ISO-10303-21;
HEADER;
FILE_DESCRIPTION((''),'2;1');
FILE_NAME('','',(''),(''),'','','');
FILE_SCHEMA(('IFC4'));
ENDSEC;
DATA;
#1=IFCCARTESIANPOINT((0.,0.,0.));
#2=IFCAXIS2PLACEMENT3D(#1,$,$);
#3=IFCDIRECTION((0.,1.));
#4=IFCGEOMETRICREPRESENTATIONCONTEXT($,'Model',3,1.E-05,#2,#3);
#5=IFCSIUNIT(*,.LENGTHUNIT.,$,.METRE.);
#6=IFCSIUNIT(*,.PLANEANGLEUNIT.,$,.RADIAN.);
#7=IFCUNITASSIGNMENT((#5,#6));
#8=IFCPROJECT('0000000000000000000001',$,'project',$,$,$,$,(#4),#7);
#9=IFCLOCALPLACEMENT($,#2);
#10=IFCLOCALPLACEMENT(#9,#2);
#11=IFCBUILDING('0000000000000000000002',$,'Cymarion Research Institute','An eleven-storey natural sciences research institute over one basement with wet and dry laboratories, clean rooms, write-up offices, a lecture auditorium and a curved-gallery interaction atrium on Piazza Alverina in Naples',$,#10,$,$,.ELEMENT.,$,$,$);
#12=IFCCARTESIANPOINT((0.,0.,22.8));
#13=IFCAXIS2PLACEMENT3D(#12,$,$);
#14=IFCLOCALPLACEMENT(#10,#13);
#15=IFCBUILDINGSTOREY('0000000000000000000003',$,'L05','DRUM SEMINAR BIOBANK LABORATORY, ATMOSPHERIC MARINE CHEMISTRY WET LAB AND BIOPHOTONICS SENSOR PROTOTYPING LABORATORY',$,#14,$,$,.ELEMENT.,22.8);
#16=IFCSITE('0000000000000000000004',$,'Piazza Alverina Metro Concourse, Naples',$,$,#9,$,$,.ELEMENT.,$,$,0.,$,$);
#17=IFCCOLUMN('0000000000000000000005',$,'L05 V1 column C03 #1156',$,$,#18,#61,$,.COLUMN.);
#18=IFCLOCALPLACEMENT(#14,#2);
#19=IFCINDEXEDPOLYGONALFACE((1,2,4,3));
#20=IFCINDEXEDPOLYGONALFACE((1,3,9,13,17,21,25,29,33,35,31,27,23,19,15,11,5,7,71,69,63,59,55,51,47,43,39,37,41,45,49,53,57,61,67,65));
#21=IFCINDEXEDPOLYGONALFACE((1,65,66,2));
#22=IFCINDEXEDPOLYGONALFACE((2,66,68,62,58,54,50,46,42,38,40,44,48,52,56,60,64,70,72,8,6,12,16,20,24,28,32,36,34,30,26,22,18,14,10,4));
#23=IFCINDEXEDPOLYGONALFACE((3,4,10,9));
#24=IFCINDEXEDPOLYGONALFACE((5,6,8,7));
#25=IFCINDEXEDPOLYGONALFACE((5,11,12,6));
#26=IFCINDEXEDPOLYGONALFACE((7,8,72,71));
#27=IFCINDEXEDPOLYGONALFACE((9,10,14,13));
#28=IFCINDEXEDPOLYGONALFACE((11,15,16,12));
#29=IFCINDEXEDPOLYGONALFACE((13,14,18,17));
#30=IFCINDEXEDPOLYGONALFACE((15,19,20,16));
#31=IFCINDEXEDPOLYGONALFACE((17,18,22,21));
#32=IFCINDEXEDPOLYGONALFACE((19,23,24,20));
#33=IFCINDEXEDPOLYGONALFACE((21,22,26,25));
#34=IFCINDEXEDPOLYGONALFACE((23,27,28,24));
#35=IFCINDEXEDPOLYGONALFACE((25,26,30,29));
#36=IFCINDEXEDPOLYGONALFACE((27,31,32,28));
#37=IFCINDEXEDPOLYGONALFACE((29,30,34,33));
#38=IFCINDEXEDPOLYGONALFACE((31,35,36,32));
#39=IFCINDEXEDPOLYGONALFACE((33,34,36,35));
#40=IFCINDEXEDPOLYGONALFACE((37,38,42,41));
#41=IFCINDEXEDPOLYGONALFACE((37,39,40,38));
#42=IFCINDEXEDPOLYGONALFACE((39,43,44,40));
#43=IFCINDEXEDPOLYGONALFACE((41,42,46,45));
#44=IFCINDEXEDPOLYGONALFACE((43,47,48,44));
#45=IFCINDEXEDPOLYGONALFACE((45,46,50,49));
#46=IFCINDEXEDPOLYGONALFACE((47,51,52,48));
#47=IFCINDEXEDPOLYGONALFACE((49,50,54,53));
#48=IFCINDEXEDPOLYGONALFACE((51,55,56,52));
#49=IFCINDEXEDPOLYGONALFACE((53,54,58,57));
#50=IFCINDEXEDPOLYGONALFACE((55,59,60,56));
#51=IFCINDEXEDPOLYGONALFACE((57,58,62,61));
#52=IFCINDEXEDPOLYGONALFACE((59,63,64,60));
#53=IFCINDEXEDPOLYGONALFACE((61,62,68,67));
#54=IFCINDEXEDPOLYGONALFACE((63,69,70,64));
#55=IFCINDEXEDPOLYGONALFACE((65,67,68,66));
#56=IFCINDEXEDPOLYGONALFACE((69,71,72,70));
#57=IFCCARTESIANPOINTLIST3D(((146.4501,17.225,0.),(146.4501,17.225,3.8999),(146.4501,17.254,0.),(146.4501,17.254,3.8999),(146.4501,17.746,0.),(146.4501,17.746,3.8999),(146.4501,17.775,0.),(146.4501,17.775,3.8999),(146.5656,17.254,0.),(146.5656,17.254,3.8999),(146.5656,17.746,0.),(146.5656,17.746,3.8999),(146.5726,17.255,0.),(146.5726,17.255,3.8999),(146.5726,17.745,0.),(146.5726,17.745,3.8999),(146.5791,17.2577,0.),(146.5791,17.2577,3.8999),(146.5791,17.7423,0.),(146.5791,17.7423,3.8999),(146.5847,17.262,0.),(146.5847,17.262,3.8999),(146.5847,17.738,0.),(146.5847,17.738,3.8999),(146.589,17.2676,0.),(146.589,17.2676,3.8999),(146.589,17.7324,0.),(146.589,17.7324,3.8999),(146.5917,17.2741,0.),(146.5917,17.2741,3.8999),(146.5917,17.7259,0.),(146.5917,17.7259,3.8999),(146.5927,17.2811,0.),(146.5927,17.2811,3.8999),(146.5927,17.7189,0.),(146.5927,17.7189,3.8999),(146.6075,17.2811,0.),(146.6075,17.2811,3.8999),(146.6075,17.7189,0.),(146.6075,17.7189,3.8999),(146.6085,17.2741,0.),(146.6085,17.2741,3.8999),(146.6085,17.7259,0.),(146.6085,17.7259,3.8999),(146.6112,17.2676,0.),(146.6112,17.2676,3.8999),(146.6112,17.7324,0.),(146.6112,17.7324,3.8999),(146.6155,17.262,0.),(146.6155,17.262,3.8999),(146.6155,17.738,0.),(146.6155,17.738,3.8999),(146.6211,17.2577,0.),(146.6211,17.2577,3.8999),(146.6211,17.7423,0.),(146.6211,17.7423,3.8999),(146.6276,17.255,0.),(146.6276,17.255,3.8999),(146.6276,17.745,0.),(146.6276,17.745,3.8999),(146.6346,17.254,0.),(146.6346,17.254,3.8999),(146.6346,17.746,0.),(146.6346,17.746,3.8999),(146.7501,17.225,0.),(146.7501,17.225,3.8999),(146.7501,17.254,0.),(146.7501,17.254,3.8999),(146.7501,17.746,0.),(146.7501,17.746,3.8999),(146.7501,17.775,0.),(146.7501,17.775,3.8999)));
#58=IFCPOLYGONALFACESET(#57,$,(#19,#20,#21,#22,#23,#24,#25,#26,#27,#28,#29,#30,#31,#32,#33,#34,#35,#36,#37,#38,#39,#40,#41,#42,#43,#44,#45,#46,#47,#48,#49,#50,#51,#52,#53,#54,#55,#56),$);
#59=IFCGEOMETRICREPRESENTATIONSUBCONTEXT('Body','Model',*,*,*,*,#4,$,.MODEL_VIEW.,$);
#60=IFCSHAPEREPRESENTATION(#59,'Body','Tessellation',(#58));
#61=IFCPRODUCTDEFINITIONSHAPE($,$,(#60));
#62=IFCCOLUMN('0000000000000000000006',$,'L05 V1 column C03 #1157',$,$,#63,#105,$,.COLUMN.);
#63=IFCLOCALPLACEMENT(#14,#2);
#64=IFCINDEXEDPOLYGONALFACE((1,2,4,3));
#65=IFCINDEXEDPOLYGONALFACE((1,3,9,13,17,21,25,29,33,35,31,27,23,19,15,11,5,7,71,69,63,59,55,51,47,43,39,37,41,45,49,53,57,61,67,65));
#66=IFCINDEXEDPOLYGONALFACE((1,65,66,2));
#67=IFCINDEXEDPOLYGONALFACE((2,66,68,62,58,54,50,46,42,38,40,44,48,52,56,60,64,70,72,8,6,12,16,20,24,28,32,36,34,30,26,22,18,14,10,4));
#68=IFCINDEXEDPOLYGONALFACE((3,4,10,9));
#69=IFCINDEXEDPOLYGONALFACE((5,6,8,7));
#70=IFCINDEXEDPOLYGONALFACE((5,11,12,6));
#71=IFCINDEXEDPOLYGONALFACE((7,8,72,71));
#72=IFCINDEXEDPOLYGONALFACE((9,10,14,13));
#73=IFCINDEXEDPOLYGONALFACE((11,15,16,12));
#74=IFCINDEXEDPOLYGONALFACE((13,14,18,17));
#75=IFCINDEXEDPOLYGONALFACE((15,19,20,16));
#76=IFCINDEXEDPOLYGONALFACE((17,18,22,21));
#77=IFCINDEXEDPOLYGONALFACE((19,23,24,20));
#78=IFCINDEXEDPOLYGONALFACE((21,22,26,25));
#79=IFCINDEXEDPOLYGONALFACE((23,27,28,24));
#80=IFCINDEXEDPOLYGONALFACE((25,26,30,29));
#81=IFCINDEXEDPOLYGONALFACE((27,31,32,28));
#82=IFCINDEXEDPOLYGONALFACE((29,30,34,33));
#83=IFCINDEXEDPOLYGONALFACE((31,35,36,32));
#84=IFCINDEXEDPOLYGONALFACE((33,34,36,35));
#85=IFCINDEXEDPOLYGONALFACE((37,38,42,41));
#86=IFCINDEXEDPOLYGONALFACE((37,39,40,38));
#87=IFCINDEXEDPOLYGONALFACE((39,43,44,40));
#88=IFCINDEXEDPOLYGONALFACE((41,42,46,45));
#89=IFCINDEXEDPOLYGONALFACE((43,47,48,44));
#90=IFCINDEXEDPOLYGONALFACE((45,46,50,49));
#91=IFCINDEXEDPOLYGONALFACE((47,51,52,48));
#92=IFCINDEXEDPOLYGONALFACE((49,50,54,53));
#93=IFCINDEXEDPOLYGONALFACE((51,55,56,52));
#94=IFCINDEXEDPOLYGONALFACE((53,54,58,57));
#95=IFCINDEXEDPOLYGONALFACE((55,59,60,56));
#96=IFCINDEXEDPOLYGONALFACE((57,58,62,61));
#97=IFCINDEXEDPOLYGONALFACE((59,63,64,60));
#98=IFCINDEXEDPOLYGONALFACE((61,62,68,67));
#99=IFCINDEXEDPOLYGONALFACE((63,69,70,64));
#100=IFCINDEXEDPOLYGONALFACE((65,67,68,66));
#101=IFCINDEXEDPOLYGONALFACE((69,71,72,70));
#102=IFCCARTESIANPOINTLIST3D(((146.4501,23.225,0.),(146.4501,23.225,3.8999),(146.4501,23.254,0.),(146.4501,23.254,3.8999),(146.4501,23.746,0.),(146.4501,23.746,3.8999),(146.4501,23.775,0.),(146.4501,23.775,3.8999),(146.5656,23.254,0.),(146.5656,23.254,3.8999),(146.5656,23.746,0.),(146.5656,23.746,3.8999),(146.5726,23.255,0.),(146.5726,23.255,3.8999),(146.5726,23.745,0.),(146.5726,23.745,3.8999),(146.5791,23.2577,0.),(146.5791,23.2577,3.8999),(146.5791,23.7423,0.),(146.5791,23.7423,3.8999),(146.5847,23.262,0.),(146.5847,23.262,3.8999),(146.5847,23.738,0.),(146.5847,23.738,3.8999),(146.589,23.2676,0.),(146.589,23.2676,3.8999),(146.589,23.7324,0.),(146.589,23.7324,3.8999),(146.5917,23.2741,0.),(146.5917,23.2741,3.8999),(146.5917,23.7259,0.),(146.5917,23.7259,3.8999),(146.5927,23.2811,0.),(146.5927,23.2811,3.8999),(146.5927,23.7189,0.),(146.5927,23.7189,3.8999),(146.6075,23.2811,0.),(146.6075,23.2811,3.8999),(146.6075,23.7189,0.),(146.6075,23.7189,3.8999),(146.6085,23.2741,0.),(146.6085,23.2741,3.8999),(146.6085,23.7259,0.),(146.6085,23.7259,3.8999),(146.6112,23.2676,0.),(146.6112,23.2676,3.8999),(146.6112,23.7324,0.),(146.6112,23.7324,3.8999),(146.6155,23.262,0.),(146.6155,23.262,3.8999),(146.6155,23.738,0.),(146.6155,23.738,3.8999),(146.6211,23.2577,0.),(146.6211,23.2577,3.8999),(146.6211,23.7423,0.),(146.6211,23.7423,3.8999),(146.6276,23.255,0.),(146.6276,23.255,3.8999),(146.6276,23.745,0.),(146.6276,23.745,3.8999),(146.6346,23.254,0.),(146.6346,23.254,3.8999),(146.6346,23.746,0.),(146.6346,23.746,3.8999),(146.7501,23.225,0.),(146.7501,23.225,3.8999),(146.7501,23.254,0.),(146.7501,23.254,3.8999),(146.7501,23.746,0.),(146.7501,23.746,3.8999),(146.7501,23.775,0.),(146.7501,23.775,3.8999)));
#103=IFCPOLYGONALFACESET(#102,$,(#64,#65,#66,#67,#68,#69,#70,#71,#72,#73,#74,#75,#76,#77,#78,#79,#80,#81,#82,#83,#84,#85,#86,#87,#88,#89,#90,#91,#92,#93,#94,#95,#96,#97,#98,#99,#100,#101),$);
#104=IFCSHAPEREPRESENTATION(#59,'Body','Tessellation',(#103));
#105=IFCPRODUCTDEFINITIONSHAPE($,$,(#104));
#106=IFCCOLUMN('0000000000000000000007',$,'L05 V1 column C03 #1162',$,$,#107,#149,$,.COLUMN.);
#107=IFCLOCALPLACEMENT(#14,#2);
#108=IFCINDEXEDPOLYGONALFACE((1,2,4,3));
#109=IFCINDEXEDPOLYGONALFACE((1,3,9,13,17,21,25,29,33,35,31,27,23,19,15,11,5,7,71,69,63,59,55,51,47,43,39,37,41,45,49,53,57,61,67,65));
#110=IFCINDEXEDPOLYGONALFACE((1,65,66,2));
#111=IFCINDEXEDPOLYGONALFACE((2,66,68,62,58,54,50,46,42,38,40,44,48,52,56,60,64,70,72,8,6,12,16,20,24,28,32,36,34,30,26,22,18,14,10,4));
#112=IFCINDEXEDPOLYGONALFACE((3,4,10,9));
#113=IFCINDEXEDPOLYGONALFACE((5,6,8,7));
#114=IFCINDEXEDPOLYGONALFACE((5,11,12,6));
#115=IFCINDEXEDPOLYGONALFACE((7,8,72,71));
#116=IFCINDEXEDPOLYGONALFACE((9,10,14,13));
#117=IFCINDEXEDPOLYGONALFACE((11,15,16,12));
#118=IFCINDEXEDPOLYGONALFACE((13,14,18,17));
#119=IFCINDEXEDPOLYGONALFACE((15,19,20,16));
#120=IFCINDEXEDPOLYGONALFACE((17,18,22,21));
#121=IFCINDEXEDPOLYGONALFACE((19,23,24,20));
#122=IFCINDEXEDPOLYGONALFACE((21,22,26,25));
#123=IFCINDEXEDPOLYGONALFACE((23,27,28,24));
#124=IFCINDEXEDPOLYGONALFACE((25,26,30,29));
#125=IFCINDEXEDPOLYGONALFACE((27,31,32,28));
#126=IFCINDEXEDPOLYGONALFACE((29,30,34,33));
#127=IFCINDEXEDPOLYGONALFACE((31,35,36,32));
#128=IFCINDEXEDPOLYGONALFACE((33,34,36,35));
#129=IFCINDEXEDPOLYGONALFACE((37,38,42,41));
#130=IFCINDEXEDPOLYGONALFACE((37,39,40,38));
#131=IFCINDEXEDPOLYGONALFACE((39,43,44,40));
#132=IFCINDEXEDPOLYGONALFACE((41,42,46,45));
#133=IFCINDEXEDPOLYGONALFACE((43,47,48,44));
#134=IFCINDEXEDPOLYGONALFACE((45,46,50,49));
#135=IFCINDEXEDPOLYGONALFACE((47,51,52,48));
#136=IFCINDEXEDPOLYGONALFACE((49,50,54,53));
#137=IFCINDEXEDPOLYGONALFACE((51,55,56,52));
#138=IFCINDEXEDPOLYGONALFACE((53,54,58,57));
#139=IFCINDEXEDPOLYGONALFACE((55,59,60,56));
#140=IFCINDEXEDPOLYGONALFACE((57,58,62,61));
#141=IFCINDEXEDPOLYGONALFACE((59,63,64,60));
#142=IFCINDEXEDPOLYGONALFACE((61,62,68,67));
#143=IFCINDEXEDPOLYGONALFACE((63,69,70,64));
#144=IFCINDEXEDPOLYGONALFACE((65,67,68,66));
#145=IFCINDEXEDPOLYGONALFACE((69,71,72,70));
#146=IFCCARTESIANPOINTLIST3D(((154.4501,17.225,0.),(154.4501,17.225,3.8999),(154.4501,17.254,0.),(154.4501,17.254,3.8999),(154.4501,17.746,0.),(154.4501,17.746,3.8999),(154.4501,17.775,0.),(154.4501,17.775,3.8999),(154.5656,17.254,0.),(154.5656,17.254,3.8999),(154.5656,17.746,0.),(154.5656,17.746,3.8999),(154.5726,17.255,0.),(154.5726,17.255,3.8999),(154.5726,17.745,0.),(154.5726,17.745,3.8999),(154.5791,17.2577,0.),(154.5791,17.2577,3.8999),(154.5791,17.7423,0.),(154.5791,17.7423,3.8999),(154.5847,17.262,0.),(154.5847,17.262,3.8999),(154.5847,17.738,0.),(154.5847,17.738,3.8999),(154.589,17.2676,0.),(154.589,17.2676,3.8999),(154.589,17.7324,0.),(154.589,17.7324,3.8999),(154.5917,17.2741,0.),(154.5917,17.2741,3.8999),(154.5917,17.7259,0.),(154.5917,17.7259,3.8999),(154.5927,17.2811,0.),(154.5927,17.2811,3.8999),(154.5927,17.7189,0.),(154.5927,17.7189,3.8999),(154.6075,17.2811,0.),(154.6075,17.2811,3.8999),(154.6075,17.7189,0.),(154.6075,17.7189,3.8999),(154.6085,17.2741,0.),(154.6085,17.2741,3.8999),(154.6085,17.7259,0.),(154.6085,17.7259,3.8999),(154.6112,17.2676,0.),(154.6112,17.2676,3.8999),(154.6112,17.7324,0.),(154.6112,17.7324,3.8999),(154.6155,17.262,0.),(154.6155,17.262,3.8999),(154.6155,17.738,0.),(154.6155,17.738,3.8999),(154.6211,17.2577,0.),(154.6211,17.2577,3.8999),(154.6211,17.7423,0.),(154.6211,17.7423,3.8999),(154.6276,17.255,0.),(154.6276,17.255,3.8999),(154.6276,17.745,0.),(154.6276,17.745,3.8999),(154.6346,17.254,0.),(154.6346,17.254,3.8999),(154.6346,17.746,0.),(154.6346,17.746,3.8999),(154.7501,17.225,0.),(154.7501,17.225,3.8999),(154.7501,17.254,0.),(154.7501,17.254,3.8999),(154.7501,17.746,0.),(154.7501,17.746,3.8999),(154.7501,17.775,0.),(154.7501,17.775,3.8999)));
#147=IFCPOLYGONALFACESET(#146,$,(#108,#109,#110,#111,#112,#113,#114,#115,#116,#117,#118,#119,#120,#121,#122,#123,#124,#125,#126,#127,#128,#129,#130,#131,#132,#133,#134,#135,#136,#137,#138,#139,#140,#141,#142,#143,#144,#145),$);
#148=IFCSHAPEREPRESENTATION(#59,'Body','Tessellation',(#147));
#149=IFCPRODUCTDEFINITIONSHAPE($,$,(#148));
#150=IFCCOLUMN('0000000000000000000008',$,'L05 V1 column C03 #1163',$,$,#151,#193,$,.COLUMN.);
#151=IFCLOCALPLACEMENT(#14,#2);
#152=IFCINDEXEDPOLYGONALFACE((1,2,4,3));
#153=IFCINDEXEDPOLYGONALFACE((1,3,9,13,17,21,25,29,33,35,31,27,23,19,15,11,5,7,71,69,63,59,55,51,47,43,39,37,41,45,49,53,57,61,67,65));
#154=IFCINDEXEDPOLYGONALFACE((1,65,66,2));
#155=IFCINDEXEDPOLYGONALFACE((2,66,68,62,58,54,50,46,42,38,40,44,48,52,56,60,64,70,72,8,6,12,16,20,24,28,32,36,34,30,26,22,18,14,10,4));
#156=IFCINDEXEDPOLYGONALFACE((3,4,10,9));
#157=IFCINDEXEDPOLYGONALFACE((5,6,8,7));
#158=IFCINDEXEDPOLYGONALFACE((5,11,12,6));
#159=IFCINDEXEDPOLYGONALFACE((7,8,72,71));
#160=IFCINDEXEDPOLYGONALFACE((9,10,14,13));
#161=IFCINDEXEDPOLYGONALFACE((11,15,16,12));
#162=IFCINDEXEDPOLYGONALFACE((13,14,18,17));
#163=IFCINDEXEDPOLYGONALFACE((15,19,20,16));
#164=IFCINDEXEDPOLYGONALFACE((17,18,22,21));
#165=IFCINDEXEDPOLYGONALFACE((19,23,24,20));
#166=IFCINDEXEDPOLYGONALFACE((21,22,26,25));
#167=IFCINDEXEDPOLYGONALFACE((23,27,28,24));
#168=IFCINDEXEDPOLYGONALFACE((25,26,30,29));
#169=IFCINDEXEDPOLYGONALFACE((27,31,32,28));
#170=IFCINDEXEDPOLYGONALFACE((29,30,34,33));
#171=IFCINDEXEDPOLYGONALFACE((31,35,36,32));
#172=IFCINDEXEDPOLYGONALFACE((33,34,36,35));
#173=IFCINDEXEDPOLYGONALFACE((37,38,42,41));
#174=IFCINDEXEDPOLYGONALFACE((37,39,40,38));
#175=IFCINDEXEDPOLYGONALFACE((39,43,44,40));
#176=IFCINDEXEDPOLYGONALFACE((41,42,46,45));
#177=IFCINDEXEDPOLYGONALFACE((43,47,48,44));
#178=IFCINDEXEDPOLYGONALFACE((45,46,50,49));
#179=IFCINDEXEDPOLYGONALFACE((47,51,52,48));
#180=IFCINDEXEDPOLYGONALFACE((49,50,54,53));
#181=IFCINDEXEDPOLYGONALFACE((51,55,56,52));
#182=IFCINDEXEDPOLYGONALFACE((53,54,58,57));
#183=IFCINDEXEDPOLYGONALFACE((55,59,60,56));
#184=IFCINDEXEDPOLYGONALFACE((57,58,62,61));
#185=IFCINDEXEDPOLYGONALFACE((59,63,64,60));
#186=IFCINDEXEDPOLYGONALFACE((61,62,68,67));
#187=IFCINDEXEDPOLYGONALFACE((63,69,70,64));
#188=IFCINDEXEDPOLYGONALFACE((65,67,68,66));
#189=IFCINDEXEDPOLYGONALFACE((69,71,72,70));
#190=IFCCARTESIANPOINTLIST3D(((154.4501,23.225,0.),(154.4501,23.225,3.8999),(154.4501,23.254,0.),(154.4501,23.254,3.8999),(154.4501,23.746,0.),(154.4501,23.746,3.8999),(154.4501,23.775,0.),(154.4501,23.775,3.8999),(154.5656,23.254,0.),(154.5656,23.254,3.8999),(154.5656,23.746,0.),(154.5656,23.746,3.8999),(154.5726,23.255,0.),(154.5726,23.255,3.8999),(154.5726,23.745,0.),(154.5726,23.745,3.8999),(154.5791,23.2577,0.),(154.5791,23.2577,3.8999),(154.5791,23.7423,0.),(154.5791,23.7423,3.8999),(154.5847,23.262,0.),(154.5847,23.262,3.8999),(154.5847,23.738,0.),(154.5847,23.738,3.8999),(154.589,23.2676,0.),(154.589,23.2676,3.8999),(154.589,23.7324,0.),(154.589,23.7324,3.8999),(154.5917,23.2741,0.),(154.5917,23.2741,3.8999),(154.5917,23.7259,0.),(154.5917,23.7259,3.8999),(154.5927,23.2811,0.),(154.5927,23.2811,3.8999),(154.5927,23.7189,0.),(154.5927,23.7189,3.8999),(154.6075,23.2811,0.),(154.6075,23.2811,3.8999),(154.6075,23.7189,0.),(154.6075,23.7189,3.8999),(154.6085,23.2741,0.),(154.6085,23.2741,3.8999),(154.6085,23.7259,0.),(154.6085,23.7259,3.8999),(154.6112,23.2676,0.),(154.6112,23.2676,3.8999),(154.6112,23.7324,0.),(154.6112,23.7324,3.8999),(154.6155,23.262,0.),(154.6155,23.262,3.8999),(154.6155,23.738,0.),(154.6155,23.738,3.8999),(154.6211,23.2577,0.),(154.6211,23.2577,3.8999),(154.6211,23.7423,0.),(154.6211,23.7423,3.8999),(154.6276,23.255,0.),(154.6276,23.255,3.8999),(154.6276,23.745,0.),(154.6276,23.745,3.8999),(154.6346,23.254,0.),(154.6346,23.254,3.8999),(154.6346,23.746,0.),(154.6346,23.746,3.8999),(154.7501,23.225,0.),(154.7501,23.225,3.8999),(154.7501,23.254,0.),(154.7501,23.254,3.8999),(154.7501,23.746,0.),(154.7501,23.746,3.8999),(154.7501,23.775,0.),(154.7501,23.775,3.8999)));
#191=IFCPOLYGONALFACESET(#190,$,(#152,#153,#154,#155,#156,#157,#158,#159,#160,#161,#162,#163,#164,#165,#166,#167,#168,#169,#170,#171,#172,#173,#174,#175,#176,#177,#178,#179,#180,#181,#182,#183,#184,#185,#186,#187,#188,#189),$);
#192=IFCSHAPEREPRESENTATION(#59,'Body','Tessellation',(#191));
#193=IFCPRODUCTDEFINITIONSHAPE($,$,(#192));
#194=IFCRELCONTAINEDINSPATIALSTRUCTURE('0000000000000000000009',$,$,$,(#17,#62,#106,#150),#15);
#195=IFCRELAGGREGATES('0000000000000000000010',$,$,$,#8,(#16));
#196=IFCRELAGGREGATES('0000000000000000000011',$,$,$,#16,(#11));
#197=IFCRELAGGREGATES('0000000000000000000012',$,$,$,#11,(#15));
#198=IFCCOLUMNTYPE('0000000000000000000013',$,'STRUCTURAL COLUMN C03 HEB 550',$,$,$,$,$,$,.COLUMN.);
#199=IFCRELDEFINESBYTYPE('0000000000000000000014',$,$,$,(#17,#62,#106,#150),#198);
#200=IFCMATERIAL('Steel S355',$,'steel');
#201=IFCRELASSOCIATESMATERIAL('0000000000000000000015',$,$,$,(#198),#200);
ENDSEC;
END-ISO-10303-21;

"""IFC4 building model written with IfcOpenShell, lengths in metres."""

from ifc_helpers import new_model, si_unit, direction, frame, origin, origin_2d, place, context, subcontext, project, spatial, i_section, extrude, material, material_profile, profile_set, type_object, element, save


model = new_model("IFC4")

# Units and contexts
model_context = context("Model", 3, precision=1e-05, world=origin(), true_north=direction((0.0, 1.0)))
body_context = subcontext(model_context, "Body", "Model", "MODEL_VIEW")
ifc_project = project(units=[si_unit("LENGTHUNIT", "METRE"), si_unit("PLANEANGLEUNIT", "RADIAN")], contexts=[model_context])

# Site, building, storey
site_placement = place(None, origin())
site = spatial("IfcSite", under=ifc_project, at=site_placement, Name="Piazza Alverina Metro Concourse, Naples", CompositionType="ELEMENT", RefElevation=0.0)
building_placement = place(site_placement, origin())
building = spatial("IfcBuilding", under=site, at=building_placement, Name="Cymarion Research Institute", Description="An eleven-storey natural sciences research institute over one basement with wet and dry laboratories, clean rooms, write-up offices, a lecture auditorium and a curved-gallery interaction atrium on Piazza Alverina in Naples", CompositionType="ELEMENT")
storey_placement = place(building_placement, frame((0.0, 0.0, 22.8)))
storey = spatial("IfcBuildingStorey", under=building, at=storey_placement, Name="L05", Description="DRUM SEMINAR BIOBANK LABORATORY, ATMOSPHERIC MARINE CHEMISTRY WET LAB AND BIOPHOTONICS SENSOR PROTOTYPING LABORATORY", CompositionType="ELEMENT", Elevation=22.8)

# Columns
ifc_material_1 = material(Name="Steel S355", Category="steel")
ifc_material_profile_1 = material_profile(ifc_material_1, i_section(OverallWidth=0.3, OverallDepth=0.55, WebThickness=0.0149, FlangeThickness=0.0291, FilletRadius=0.0271, at=origin_2d()), Name="HEB 550")
ifc_profile_set_1 = profile_set([ifc_material_profile_1], Name="Steel S355")
column_type = type_object("IfcColumnType", Name="STRUCTURAL COLUMN C03 HEB 550", PredefinedType="COLUMN", material=ifc_profile_set_1)
for number, where, z_axis, x_axis, name in (
    (1, (146.6001, 17.5, 0.0), (0.0, 0.0, 1.0), (1.0, 0.0, 0.0), "L05 V1 column C03 #1156"),
    (2, (146.6001, 23.5, 0.0), (0.0, 0.0, 1.0), (1.0, 0.0, 0.0), "L05 V1 column C03 #1157"),
    (3, (154.6001, 17.5, 0.0), (0.0, 0.0, 1.0), (1.0, 0.0, 0.0), "L05 V1 column C03 #1162"),
    (4, (154.6001, 23.5, 0.0), (0.0, 0.0, 1.0), (1.0, 0.0, 0.0), "L05 V1 column C03 #1163"),
):
    element("IfcColumn", number, at=place(storey_placement, frame(where, z_axis=z_axis, x_axis=x_axis)), inside=storey, type_object=column_type, Name=name, PredefinedType="COLUMN", context=body_context, shape_type="SweptSolid", body=[
        extrude(i_section(OverallWidth=0.3, OverallDepth=0.55, WebThickness=0.0149, FlangeThickness=0.0291, FilletRadius=0.0271, at=origin_2d()), origin(), (0.0, 0.0, 1.0), 3.8999),
    ])

save(model, "model.ifc")
